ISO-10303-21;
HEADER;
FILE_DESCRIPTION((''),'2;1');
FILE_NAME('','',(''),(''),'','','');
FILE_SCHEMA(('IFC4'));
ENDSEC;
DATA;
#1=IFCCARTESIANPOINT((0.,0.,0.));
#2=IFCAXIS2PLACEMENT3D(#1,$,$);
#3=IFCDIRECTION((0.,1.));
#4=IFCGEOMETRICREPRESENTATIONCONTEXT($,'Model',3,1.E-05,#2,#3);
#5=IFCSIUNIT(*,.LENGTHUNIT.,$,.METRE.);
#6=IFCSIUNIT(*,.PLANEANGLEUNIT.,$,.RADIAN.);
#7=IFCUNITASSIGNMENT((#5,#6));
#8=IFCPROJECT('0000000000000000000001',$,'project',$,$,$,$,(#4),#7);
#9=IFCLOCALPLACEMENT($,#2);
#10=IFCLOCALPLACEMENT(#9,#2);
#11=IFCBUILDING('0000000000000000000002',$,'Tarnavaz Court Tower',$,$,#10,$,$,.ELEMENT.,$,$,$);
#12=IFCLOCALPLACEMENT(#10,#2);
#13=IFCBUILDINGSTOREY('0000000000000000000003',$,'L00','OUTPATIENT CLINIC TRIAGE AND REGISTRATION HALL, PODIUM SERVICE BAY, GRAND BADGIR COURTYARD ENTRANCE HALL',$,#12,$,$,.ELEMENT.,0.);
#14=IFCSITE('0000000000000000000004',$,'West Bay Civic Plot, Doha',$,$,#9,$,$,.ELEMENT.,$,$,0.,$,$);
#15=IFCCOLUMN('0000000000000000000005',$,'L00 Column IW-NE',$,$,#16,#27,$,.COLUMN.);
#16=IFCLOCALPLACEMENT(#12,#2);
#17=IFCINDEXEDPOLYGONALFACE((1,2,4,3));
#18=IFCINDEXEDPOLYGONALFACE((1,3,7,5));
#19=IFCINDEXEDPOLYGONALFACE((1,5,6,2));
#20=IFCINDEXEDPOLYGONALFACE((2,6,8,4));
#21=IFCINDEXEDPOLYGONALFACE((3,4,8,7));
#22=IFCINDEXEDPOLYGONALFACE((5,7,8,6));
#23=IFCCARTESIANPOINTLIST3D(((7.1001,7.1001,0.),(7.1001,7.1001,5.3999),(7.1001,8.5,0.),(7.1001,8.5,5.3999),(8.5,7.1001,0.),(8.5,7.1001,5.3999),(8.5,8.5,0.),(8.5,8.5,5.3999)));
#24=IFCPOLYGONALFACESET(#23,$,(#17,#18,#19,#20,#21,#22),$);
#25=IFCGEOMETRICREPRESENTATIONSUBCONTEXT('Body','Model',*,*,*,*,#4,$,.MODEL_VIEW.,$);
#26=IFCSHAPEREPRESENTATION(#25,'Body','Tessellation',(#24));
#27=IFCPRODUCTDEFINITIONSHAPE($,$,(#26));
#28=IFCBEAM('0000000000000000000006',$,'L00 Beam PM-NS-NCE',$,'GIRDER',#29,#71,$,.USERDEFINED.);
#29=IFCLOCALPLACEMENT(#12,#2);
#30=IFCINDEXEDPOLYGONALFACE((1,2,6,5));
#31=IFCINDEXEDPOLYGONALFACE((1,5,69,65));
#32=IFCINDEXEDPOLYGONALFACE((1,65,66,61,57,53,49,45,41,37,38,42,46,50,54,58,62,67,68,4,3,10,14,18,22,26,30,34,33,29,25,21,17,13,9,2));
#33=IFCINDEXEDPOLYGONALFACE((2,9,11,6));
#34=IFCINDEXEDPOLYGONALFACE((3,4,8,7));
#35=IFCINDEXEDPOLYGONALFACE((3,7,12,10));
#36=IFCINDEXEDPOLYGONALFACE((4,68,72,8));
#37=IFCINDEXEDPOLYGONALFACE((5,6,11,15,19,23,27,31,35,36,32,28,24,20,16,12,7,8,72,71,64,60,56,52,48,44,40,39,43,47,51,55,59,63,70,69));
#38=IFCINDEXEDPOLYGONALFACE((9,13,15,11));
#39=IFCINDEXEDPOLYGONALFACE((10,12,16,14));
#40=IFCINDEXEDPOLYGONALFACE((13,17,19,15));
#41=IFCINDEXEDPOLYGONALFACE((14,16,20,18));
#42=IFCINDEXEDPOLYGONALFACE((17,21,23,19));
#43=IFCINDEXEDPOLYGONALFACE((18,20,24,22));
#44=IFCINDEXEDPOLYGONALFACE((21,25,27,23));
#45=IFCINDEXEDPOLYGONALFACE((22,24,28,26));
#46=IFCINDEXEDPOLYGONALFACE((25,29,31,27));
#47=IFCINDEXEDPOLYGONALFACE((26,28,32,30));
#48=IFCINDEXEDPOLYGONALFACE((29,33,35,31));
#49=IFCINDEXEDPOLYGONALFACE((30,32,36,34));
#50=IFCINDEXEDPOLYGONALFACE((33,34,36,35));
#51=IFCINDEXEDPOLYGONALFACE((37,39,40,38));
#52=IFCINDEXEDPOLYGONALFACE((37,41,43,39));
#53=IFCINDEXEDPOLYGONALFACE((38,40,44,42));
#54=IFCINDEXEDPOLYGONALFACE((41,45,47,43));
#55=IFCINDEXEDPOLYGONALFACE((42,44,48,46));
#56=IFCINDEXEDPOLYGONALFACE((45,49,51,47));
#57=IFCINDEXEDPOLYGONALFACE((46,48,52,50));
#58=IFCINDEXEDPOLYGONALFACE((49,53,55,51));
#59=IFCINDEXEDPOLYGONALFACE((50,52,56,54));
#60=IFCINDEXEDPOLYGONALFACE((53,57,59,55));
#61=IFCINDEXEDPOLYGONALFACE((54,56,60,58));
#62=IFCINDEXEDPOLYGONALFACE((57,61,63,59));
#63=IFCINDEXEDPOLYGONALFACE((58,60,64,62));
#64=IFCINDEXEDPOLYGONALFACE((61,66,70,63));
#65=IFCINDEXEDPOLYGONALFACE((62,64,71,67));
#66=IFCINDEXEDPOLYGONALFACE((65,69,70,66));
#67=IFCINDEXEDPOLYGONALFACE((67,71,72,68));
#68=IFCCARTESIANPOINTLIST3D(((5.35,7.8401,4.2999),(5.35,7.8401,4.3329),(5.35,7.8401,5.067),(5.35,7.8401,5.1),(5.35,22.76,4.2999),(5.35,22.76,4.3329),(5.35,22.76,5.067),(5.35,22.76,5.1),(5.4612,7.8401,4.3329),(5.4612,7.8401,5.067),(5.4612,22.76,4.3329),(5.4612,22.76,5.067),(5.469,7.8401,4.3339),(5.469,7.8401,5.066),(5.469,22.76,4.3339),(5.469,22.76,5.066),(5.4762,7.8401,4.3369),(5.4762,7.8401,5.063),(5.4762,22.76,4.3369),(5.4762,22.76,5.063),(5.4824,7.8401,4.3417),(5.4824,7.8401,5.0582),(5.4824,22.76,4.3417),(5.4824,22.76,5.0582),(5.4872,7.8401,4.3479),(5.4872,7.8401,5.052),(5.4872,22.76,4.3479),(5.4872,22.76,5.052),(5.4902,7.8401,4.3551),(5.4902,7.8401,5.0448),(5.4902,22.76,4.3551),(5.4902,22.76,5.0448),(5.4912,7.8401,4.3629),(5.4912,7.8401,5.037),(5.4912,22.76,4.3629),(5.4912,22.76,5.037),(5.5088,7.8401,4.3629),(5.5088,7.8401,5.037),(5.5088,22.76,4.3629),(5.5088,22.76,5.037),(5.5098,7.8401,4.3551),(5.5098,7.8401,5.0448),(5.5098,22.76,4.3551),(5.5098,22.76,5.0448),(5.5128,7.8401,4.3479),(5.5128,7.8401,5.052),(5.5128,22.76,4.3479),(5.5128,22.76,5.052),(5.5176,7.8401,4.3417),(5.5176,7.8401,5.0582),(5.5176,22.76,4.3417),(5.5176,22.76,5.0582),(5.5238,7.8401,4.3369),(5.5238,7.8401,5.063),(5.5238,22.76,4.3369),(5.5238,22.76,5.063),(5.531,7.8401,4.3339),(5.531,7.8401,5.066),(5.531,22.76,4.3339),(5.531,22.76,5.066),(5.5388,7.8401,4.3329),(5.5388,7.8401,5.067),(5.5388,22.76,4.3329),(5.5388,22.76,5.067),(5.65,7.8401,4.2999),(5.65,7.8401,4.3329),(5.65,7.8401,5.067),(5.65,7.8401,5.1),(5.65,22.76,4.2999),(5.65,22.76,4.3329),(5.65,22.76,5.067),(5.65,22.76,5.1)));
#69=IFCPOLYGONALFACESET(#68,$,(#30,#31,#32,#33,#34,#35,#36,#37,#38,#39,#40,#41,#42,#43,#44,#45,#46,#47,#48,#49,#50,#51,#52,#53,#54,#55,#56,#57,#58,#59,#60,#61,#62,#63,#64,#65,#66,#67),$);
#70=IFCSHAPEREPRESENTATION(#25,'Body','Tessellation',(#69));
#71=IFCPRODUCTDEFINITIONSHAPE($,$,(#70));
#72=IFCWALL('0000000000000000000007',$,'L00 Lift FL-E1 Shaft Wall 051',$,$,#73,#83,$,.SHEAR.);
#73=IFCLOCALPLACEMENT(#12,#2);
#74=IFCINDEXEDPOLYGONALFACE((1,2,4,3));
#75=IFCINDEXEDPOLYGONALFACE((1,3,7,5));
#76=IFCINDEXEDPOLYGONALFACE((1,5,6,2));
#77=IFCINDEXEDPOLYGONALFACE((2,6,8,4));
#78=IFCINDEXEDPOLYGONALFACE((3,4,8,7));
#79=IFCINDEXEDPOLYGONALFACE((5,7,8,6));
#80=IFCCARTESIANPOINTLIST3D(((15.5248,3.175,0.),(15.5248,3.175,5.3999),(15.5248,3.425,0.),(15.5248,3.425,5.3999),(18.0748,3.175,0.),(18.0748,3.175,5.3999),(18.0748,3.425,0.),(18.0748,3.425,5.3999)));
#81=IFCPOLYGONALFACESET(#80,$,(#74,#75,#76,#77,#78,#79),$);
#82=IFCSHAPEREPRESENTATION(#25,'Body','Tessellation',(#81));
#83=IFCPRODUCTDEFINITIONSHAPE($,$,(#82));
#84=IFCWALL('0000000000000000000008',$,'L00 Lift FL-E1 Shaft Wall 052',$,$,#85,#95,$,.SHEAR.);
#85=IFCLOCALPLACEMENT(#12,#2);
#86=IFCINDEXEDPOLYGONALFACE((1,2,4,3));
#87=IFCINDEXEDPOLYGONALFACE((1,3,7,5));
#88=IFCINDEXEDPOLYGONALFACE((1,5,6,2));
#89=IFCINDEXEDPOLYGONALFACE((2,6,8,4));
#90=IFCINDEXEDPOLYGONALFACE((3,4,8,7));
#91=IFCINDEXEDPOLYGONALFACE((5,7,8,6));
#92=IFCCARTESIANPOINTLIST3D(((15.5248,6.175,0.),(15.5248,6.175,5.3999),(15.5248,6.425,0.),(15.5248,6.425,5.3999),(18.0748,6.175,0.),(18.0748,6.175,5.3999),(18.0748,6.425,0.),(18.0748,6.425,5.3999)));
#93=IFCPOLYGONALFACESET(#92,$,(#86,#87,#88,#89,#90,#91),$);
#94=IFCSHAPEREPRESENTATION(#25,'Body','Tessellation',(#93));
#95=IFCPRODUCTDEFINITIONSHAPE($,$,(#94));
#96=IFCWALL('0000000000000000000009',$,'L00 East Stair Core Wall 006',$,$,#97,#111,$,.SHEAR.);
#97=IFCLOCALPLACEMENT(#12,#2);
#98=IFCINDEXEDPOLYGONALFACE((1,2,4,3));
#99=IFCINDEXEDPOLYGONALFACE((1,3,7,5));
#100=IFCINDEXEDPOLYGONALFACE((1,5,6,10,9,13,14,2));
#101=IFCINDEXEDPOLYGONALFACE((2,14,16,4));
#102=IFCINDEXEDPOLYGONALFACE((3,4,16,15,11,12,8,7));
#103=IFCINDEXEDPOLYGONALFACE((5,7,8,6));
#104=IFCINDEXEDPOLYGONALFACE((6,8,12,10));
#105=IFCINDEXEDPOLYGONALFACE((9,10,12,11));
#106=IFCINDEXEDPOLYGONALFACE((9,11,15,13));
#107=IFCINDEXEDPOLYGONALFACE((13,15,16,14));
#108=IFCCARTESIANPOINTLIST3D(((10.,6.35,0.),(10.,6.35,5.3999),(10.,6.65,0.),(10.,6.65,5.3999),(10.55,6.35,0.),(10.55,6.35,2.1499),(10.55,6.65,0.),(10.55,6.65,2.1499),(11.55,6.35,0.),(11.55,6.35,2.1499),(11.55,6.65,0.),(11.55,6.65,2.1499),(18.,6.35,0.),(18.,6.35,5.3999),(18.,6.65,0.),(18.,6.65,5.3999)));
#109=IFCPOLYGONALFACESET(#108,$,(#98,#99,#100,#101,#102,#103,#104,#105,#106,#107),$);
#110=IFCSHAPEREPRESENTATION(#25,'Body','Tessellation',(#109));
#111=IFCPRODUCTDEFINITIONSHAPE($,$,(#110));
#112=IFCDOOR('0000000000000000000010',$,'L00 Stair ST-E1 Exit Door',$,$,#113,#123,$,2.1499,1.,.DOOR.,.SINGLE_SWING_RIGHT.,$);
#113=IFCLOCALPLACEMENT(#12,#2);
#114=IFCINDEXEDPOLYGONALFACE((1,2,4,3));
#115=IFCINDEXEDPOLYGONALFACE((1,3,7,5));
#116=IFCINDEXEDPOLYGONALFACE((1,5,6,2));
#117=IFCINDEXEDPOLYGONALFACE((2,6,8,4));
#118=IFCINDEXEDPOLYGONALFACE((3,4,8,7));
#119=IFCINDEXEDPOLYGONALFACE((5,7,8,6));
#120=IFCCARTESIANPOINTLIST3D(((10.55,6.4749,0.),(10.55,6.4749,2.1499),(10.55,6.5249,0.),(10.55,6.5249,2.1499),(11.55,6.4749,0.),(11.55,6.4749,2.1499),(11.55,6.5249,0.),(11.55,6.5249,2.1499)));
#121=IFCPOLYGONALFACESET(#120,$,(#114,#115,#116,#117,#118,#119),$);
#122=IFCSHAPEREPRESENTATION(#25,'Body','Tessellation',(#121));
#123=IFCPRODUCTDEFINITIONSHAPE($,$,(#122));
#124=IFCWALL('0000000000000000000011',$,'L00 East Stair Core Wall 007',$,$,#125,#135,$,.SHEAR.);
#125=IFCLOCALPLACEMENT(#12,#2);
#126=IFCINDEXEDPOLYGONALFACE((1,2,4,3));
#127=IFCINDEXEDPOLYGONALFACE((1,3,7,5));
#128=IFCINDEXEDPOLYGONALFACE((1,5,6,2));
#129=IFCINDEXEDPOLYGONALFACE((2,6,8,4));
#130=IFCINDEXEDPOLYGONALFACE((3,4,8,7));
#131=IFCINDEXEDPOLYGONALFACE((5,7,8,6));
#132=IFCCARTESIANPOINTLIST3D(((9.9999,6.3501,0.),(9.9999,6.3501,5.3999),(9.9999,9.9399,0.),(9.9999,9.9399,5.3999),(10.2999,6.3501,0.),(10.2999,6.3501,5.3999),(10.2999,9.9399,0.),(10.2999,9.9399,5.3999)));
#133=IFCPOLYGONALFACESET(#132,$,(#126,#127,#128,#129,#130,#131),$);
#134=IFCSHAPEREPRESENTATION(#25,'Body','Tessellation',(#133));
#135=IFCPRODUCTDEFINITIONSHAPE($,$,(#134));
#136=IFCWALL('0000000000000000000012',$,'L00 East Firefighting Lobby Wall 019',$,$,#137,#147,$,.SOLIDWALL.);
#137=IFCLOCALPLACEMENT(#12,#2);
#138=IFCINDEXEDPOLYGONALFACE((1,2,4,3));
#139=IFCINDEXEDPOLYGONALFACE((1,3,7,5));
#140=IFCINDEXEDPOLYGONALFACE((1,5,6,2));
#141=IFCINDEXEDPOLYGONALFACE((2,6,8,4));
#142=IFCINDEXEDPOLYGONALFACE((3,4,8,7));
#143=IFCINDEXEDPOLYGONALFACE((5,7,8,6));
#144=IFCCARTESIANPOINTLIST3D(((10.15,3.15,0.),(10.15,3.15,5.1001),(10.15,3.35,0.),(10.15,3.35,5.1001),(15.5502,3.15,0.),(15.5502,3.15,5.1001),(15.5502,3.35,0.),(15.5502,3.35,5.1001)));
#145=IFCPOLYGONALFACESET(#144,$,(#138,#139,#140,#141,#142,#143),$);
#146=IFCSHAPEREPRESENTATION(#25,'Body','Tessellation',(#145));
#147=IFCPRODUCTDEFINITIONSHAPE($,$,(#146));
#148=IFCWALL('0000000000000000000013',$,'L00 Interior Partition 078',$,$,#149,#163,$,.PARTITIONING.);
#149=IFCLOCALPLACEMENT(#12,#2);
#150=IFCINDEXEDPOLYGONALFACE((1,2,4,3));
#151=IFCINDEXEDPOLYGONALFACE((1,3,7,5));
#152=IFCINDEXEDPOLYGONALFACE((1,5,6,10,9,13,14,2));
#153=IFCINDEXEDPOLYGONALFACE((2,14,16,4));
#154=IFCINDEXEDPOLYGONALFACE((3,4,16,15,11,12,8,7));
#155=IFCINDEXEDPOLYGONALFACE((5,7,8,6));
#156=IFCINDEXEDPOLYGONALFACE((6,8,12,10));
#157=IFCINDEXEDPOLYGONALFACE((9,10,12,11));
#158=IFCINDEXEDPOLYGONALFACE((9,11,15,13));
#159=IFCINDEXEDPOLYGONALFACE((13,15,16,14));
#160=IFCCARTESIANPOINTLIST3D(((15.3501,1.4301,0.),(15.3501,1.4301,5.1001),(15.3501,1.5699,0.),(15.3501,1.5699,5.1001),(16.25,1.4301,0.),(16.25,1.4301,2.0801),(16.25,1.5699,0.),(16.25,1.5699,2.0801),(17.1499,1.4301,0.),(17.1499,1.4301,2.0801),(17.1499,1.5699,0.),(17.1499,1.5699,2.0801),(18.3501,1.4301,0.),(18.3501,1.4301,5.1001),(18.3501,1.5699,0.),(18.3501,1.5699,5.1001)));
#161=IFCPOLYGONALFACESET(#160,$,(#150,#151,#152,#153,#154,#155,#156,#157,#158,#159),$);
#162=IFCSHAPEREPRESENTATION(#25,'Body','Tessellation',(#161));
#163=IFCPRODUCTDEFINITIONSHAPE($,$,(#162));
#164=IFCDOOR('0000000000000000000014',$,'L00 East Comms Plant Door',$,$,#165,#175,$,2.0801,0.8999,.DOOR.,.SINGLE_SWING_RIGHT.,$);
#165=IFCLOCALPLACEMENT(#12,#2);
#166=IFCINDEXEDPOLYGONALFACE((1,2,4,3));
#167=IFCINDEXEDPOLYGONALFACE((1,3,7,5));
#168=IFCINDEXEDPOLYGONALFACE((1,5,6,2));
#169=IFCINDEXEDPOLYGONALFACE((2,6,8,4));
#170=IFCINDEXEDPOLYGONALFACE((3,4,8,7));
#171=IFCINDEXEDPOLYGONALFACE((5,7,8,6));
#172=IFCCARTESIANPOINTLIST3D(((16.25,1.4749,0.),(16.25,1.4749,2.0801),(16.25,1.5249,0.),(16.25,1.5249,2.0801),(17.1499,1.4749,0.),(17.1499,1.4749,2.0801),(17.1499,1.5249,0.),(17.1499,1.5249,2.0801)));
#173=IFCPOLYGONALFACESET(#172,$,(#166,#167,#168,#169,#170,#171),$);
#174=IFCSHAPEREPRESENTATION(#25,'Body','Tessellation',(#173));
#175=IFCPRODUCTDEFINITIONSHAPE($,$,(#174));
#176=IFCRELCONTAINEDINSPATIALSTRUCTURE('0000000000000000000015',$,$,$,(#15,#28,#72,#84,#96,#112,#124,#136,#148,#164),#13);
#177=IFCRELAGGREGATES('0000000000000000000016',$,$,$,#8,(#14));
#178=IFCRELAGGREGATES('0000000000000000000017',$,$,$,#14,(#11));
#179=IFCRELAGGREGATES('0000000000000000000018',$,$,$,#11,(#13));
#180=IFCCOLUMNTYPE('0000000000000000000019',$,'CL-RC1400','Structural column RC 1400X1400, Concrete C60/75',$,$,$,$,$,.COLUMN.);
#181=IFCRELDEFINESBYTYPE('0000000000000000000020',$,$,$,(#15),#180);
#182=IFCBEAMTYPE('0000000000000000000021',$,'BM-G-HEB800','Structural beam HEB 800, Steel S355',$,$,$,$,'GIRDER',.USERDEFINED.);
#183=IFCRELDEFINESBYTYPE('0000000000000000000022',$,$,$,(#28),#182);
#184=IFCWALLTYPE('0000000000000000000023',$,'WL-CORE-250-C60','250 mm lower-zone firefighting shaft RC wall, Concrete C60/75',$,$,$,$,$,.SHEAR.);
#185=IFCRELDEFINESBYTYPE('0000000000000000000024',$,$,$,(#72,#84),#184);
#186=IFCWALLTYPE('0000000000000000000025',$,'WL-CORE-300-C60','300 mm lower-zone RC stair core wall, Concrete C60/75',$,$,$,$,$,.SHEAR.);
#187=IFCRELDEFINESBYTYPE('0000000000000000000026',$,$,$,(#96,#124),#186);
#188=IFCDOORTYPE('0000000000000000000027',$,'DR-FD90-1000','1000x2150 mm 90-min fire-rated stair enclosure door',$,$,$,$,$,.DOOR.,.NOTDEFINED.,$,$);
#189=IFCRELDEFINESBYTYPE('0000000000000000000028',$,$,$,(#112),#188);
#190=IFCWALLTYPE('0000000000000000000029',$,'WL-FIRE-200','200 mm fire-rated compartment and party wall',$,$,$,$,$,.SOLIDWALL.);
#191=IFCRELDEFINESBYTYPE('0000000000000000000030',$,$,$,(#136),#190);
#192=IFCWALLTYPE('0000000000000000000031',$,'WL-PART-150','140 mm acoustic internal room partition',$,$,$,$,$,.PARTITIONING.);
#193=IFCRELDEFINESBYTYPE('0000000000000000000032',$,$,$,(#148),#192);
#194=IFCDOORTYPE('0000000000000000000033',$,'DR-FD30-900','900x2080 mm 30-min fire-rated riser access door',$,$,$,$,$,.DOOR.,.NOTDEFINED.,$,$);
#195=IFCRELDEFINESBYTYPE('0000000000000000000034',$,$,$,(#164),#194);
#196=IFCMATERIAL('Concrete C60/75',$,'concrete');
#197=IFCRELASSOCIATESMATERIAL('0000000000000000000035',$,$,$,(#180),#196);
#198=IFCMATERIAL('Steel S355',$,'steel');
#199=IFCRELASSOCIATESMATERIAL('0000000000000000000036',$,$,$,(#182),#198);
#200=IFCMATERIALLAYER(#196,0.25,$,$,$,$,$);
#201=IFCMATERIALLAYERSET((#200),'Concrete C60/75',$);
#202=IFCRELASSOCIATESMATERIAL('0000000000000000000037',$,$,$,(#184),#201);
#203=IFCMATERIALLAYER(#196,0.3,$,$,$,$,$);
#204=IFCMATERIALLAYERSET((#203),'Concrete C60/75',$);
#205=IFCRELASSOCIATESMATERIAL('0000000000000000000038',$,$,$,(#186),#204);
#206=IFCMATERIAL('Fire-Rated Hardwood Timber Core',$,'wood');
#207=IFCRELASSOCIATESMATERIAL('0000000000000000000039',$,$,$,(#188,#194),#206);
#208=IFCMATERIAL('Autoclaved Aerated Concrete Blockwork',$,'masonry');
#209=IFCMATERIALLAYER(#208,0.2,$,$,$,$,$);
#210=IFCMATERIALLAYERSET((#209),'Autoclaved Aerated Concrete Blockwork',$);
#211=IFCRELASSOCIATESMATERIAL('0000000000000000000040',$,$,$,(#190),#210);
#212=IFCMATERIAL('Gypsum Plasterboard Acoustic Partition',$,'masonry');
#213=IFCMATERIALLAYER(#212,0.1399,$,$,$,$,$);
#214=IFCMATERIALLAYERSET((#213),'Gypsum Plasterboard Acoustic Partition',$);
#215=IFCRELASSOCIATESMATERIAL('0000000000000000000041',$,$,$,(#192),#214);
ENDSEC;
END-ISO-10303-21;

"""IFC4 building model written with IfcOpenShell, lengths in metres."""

from ifc_helpers import new_model, si_unit, direction, frame, frame_2d, origin, origin_2d, place, context, subcontext, project, spatial, rectangle, i_section, extrude, material, layer, layer_set, material_profile, profile_set, type_object, element, fill, save


model = new_model("IFC4")

# Units and contexts
model_context = context("Model", 3, precision=1e-05, world=origin(), true_north=direction((0.0, 1.0)))
body_context = subcontext(model_context, "Body", "Model", "MODEL_VIEW")
ifc_project = project(units=[si_unit("LENGTHUNIT", "METRE"), si_unit("PLANEANGLEUNIT", "RADIAN")], contexts=[model_context])

# Site, building, storey
site_placement = place(None, origin())
site = spatial("IfcSite", under=ifc_project, at=site_placement, Name="West Bay Civic Plot, Doha", CompositionType="ELEMENT", RefElevation=0.0)
building_placement = place(site_placement, origin())
building = spatial("IfcBuilding", under=site, at=building_placement, Name="Tarnavaz Court Tower", CompositionType="ELEMENT")
storey_placement = place(building_placement, origin())
storey = spatial("IfcBuildingStorey", under=building, at=storey_placement, Name="L00", Description="OUTPATIENT CLINIC TRIAGE AND REGISTRATION HALL, PODIUM SERVICE BAY, GRAND BADGIR COURTYARD ENTRANCE HALL", CompositionType="ELEMENT", Elevation=0.0)

# Column
ifc_material_1 = material(Name="Concrete C60/75", Category="concrete")
ifc_material_profile_1 = material_profile(ifc_material_1, rectangle(XDim=1.3999, YDim=1.3999, at=origin_2d()), Name="RC 1400X1400")
ifc_profile_set_1 = profile_set([ifc_material_profile_1], Name="Concrete C60/75")
column_type = type_object("IfcColumnType", Name="CL-RC1400", Description="Structural column RC 1400X1400, Concrete C60/75", PredefinedType="COLUMN", material=ifc_profile_set_1)
column_placement = place(storey_placement, frame((7.8, 7.8, 0.0), z_axis=(0.0, 0.0, 1.0), x_axis=(1.0, 0.0, 0.0)))
element("IfcColumn", 1, at=column_placement, inside=storey, type_object=column_type, Name="L00 Column IW-NE", PredefinedType="COLUMN", context=body_context, shape_type="SweptSolid", body=[
    extrude(rectangle(XDim=1.3999, YDim=1.3999, at=origin_2d()), origin(), (0.0, 0.0, 1.0), 5.3999),
])

# Beam
ifc_material_2 = material(Name="Steel S355", Category="steel")
ifc_material_profile_2 = material_profile(ifc_material_2, i_section(OverallWidth=0.3, OverallDepth=0.8, WebThickness=0.0176, FlangeThickness=0.033, FilletRadius=0.03, at=origin_2d()), Name="HEB 800")
ifc_profile_set_2 = profile_set([ifc_material_profile_2], Name="Steel S355")
beam_type = type_object("IfcBeamType", Name="BM-G-HEB800", Description="Structural beam HEB 800, Steel S355", ElementType="GIRDER", PredefinedType="USERDEFINED", material=ifc_profile_set_2)
beam_placement = place(storey_placement, frame((5.5, 7.8401, 4.7), z_axis=(0.0, 1.0, 0.0), x_axis=(-1.0, 0.0, 0.0)))
element("IfcBeam", 2, at=beam_placement, inside=storey, type_object=beam_type, Name="L00 Beam PM-NS-NCE", ObjectType="GIRDER", PredefinedType="USERDEFINED", context=body_context, shape_type="SweptSolid", body=[
    extrude(i_section(OverallWidth=0.3, OverallDepth=0.8, WebThickness=0.0176, FlangeThickness=0.033, FilletRadius=0.03, at=origin_2d()), origin(), (0.0, 0.0, 1.0), 14.9199),
])

# Shared definitions
ifc_layer_1 = layer(ifc_material_1, 0.25)
ifc_layer_set_1 = layer_set([ifc_layer_1], Name="Concrete C60/75")
wall_type_1 = type_object("IfcWallType", Name="WL-CORE-250-C60", Description="250 mm lower-zone firefighting shaft RC wall, Concrete C60/75", PredefinedType="SHEAR", material=ifc_layer_set_1)

# Walls
for number, where, z_axis, x_axis, name in (
    (3, (15.5249, 3.3, 0.0), (0.0, 0.0, 1.0), (1.0, 0.0, 0.0), "L00 Lift FL-E1 Shaft Wall 051"),
    (4, (15.5249, 6.3, 0.0), (0.0, 0.0, 1.0), (1.0, 0.0, 0.0), "L00 Lift FL-E1 Shaft Wall 052"),
):
    element("IfcWall", number, at=place(storey_placement, frame(where, z_axis=z_axis, x_axis=x_axis)), inside=storey, type_object=wall_type_1, Name=name, PredefinedType="SHEAR", context=body_context, shape_type="SweptSolid", body=[
        extrude(rectangle(XDim=2.55, YDim=0.25, at=frame_2d((1.2749, 0.0))), origin(), (0.0, 0.0, 1.0), 5.3999),
    ])

# Wall, opening, door
ifc_layer_2 = layer(ifc_material_1, 0.3)
ifc_layer_set_2 = layer_set([ifc_layer_2], Name="Concrete C60/75")
wall_type_2 = type_object("IfcWallType", Name="WL-CORE-300-C60", Description="300 mm lower-zone RC stair core wall, Concrete C60/75", PredefinedType="SHEAR", material=ifc_layer_set_2)
wall_1_placement = place(storey_placement, frame((10.0, 6.5, 0.0), z_axis=(0.0, 0.0, 1.0), x_axis=(1.0, 0.0, 0.0)))
wall_1 = element("IfcWall", 5, at=wall_1_placement, inside=storey, type_object=wall_type_2, Name="L00 East Stair Core Wall 006", PredefinedType="SHEAR", context=body_context, shape_type="SweptSolid", body=[
    extrude(rectangle(XDim=8.0, YDim=0.3, at=frame_2d((4.0, 0.0))), origin(), (0.0, 0.0, 1.0), 5.3999),
])
opening_1_placement = place(wall_1_placement, frame((0.55, 0.0, 0.0)))
opening_1 = element("IfcOpeningElement", 6, at=opening_1_placement, cuts=wall_1, PredefinedType="OPENING", context=body_context, shape_type="SweptSolid", body=[
    extrude(rectangle(XDim=1.0, YDim=2.1499, at=frame_2d((0.5, 1.075))), frame((0.0, 0.1599, 0.0), z_axis=(0.0, -1.0, 0.0), x_axis=(1.0, 0.0, 0.0)), (0.0, 0.0, 1.0), 0.3201),
])
ifc_material_3 = material(Name="Fire-Rated Hardwood Timber Core", Category="wood")
door_type_1 = type_object("IfcDoorType", Name="DR-FD90-1000", Description="1000x2150 mm 90-min fire-rated stair enclosure door", OperationType="NOTDEFINED", PredefinedType="DOOR", material=ifc_material_3)
door_1_placement = place(opening_1_placement, origin())
door_1 = element("IfcDoor", 7, at=door_1_placement, inside=storey, type_object=door_type_1, Name="L00 Stair ST-E1 Exit Door", OperationType="SINGLE_SWING_RIGHT", OverallHeight=2.1499, OverallWidth=1.0, PredefinedType="DOOR", context=body_context, shape_type="SweptSolid", body=[
    extrude(rectangle(XDim=1.0, YDim=2.1499, at=frame_2d((0.5, 1.075))), frame((0.0, 0.0249, 0.0), z_axis=(0.0, -1.0, 0.0), x_axis=(1.0, 0.0, 0.0)), (0.0, 0.0, 1.0), 0.05),
])
fill(opening_1, door_1)

# Walls
wall_2_placement = place(storey_placement, frame((10.1499, 6.3501, 0.0), z_axis=(0.0, 0.0, 1.0), x_axis=(0.0, 1.0, 0.0)))
element("IfcWall", 8, at=wall_2_placement, inside=storey, type_object=wall_type_2, Name="L00 East Stair Core Wall 007", PredefinedType="SHEAR", context=body_context, shape_type="SweptSolid", body=[
    extrude(rectangle(XDim=3.5898, YDim=0.3, at=frame_2d((1.7949, 0.0))), origin(), (0.0, 0.0, 1.0), 5.3999),
])
ifc_material_4 = material(Name="Autoclaved Aerated Concrete Blockwork", Category="masonry")
ifc_layer_3 = layer(ifc_material_4, 0.2)
ifc_layer_set_3 = layer_set([ifc_layer_3], Name="Autoclaved Aerated Concrete Blockwork")
wall_type_3 = type_object("IfcWallType", Name="WL-FIRE-200", Description="200 mm fire-rated compartment and party wall", PredefinedType="SOLIDWALL", material=ifc_layer_set_3)
wall_3_placement = place(storey_placement, frame((10.1499, 3.25, 0.0), z_axis=(0.0, 0.0, 1.0), x_axis=(1.0, 0.0, 0.0)))
element("IfcWall", 9, at=wall_3_placement, inside=storey, type_object=wall_type_3, Name="L00 East Firefighting Lobby Wall 019", PredefinedType="SOLIDWALL", context=body_context, shape_type="SweptSolid", body=[
    extrude(rectangle(XDim=5.4001, YDim=0.2, at=frame_2d((2.7002, 0.0))), origin(), (0.0, 0.0, 1.0), 5.1001),
])

# Wall, opening, door
ifc_material_5 = material(Name="Gypsum Plasterboard Acoustic Partition", Category="masonry")
ifc_layer_4 = layer(ifc_material_5, 0.1399)
ifc_layer_set_4 = layer_set([ifc_layer_4], Name="Gypsum Plasterboard Acoustic Partition")
wall_type_4 = type_object("IfcWallType", Name="WL-PART-150", Description="140 mm acoustic internal room partition", PredefinedType="PARTITIONING", material=ifc_layer_set_4)
wall_4_placement = place(storey_placement, frame((15.3501, 1.5, 0.0), z_axis=(0.0, 0.0, 1.0), x_axis=(1.0, 0.0, 0.0)))
wall_4 = element("IfcWall", 10, at=wall_4_placement, inside=storey, type_object=wall_type_4, Name="L00 Interior Partition 078", PredefinedType="PARTITIONING", context=body_context, shape_type="SweptSolid", body=[
    extrude(rectangle(XDim=3.0, YDim=0.1399, at=frame_2d((1.5, 0.0))), origin(), (0.0, 0.0, 1.0), 5.1001),
])
opening_2_placement = place(wall_4_placement, frame((0.8999, 0.0, 0.0)))
opening_2 = element("IfcOpeningElement", 11, at=opening_2_placement, cuts=wall_4, PredefinedType="OPENING", context=body_context, shape_type="SweptSolid", body=[
    extrude(rectangle(XDim=0.8999, YDim=2.0801, at=frame_2d((0.45, 1.04))), frame((0.0, 0.0798, 0.0), z_axis=(0.0, -1.0, 0.0), x_axis=(1.0, 0.0, 0.0)), (0.0, 0.0, 1.0), 0.1599),
])
door_type_2 = type_object("IfcDoorType", Name="DR-FD30-900", Description="900x2080 mm 30-min fire-rated riser access door", OperationType="NOTDEFINED", PredefinedType="DOOR", material=ifc_material_3)
door_2_placement = place(opening_2_placement, origin())
door_2 = element("IfcDoor", 12, at=door_2_placement, inside=storey, type_object=door_type_2, Name="L00 East Comms Plant Door", OperationType="SINGLE_SWING_RIGHT", OverallHeight=2.0801, OverallWidth=0.8999, PredefinedType="DOOR", context=body_context, shape_type="SweptSolid", body=[
    extrude(rectangle(XDim=0.8999, YDim=2.0801, at=frame_2d((0.45, 1.04))), frame((0.0, 0.0249, 0.0), z_axis=(0.0, -1.0, 0.0), x_axis=(1.0, 0.0, 0.0)), (0.0, 0.0, 1.0), 0.05),
])
fill(opening_2, door_2)

save(model, "model.ifc")
